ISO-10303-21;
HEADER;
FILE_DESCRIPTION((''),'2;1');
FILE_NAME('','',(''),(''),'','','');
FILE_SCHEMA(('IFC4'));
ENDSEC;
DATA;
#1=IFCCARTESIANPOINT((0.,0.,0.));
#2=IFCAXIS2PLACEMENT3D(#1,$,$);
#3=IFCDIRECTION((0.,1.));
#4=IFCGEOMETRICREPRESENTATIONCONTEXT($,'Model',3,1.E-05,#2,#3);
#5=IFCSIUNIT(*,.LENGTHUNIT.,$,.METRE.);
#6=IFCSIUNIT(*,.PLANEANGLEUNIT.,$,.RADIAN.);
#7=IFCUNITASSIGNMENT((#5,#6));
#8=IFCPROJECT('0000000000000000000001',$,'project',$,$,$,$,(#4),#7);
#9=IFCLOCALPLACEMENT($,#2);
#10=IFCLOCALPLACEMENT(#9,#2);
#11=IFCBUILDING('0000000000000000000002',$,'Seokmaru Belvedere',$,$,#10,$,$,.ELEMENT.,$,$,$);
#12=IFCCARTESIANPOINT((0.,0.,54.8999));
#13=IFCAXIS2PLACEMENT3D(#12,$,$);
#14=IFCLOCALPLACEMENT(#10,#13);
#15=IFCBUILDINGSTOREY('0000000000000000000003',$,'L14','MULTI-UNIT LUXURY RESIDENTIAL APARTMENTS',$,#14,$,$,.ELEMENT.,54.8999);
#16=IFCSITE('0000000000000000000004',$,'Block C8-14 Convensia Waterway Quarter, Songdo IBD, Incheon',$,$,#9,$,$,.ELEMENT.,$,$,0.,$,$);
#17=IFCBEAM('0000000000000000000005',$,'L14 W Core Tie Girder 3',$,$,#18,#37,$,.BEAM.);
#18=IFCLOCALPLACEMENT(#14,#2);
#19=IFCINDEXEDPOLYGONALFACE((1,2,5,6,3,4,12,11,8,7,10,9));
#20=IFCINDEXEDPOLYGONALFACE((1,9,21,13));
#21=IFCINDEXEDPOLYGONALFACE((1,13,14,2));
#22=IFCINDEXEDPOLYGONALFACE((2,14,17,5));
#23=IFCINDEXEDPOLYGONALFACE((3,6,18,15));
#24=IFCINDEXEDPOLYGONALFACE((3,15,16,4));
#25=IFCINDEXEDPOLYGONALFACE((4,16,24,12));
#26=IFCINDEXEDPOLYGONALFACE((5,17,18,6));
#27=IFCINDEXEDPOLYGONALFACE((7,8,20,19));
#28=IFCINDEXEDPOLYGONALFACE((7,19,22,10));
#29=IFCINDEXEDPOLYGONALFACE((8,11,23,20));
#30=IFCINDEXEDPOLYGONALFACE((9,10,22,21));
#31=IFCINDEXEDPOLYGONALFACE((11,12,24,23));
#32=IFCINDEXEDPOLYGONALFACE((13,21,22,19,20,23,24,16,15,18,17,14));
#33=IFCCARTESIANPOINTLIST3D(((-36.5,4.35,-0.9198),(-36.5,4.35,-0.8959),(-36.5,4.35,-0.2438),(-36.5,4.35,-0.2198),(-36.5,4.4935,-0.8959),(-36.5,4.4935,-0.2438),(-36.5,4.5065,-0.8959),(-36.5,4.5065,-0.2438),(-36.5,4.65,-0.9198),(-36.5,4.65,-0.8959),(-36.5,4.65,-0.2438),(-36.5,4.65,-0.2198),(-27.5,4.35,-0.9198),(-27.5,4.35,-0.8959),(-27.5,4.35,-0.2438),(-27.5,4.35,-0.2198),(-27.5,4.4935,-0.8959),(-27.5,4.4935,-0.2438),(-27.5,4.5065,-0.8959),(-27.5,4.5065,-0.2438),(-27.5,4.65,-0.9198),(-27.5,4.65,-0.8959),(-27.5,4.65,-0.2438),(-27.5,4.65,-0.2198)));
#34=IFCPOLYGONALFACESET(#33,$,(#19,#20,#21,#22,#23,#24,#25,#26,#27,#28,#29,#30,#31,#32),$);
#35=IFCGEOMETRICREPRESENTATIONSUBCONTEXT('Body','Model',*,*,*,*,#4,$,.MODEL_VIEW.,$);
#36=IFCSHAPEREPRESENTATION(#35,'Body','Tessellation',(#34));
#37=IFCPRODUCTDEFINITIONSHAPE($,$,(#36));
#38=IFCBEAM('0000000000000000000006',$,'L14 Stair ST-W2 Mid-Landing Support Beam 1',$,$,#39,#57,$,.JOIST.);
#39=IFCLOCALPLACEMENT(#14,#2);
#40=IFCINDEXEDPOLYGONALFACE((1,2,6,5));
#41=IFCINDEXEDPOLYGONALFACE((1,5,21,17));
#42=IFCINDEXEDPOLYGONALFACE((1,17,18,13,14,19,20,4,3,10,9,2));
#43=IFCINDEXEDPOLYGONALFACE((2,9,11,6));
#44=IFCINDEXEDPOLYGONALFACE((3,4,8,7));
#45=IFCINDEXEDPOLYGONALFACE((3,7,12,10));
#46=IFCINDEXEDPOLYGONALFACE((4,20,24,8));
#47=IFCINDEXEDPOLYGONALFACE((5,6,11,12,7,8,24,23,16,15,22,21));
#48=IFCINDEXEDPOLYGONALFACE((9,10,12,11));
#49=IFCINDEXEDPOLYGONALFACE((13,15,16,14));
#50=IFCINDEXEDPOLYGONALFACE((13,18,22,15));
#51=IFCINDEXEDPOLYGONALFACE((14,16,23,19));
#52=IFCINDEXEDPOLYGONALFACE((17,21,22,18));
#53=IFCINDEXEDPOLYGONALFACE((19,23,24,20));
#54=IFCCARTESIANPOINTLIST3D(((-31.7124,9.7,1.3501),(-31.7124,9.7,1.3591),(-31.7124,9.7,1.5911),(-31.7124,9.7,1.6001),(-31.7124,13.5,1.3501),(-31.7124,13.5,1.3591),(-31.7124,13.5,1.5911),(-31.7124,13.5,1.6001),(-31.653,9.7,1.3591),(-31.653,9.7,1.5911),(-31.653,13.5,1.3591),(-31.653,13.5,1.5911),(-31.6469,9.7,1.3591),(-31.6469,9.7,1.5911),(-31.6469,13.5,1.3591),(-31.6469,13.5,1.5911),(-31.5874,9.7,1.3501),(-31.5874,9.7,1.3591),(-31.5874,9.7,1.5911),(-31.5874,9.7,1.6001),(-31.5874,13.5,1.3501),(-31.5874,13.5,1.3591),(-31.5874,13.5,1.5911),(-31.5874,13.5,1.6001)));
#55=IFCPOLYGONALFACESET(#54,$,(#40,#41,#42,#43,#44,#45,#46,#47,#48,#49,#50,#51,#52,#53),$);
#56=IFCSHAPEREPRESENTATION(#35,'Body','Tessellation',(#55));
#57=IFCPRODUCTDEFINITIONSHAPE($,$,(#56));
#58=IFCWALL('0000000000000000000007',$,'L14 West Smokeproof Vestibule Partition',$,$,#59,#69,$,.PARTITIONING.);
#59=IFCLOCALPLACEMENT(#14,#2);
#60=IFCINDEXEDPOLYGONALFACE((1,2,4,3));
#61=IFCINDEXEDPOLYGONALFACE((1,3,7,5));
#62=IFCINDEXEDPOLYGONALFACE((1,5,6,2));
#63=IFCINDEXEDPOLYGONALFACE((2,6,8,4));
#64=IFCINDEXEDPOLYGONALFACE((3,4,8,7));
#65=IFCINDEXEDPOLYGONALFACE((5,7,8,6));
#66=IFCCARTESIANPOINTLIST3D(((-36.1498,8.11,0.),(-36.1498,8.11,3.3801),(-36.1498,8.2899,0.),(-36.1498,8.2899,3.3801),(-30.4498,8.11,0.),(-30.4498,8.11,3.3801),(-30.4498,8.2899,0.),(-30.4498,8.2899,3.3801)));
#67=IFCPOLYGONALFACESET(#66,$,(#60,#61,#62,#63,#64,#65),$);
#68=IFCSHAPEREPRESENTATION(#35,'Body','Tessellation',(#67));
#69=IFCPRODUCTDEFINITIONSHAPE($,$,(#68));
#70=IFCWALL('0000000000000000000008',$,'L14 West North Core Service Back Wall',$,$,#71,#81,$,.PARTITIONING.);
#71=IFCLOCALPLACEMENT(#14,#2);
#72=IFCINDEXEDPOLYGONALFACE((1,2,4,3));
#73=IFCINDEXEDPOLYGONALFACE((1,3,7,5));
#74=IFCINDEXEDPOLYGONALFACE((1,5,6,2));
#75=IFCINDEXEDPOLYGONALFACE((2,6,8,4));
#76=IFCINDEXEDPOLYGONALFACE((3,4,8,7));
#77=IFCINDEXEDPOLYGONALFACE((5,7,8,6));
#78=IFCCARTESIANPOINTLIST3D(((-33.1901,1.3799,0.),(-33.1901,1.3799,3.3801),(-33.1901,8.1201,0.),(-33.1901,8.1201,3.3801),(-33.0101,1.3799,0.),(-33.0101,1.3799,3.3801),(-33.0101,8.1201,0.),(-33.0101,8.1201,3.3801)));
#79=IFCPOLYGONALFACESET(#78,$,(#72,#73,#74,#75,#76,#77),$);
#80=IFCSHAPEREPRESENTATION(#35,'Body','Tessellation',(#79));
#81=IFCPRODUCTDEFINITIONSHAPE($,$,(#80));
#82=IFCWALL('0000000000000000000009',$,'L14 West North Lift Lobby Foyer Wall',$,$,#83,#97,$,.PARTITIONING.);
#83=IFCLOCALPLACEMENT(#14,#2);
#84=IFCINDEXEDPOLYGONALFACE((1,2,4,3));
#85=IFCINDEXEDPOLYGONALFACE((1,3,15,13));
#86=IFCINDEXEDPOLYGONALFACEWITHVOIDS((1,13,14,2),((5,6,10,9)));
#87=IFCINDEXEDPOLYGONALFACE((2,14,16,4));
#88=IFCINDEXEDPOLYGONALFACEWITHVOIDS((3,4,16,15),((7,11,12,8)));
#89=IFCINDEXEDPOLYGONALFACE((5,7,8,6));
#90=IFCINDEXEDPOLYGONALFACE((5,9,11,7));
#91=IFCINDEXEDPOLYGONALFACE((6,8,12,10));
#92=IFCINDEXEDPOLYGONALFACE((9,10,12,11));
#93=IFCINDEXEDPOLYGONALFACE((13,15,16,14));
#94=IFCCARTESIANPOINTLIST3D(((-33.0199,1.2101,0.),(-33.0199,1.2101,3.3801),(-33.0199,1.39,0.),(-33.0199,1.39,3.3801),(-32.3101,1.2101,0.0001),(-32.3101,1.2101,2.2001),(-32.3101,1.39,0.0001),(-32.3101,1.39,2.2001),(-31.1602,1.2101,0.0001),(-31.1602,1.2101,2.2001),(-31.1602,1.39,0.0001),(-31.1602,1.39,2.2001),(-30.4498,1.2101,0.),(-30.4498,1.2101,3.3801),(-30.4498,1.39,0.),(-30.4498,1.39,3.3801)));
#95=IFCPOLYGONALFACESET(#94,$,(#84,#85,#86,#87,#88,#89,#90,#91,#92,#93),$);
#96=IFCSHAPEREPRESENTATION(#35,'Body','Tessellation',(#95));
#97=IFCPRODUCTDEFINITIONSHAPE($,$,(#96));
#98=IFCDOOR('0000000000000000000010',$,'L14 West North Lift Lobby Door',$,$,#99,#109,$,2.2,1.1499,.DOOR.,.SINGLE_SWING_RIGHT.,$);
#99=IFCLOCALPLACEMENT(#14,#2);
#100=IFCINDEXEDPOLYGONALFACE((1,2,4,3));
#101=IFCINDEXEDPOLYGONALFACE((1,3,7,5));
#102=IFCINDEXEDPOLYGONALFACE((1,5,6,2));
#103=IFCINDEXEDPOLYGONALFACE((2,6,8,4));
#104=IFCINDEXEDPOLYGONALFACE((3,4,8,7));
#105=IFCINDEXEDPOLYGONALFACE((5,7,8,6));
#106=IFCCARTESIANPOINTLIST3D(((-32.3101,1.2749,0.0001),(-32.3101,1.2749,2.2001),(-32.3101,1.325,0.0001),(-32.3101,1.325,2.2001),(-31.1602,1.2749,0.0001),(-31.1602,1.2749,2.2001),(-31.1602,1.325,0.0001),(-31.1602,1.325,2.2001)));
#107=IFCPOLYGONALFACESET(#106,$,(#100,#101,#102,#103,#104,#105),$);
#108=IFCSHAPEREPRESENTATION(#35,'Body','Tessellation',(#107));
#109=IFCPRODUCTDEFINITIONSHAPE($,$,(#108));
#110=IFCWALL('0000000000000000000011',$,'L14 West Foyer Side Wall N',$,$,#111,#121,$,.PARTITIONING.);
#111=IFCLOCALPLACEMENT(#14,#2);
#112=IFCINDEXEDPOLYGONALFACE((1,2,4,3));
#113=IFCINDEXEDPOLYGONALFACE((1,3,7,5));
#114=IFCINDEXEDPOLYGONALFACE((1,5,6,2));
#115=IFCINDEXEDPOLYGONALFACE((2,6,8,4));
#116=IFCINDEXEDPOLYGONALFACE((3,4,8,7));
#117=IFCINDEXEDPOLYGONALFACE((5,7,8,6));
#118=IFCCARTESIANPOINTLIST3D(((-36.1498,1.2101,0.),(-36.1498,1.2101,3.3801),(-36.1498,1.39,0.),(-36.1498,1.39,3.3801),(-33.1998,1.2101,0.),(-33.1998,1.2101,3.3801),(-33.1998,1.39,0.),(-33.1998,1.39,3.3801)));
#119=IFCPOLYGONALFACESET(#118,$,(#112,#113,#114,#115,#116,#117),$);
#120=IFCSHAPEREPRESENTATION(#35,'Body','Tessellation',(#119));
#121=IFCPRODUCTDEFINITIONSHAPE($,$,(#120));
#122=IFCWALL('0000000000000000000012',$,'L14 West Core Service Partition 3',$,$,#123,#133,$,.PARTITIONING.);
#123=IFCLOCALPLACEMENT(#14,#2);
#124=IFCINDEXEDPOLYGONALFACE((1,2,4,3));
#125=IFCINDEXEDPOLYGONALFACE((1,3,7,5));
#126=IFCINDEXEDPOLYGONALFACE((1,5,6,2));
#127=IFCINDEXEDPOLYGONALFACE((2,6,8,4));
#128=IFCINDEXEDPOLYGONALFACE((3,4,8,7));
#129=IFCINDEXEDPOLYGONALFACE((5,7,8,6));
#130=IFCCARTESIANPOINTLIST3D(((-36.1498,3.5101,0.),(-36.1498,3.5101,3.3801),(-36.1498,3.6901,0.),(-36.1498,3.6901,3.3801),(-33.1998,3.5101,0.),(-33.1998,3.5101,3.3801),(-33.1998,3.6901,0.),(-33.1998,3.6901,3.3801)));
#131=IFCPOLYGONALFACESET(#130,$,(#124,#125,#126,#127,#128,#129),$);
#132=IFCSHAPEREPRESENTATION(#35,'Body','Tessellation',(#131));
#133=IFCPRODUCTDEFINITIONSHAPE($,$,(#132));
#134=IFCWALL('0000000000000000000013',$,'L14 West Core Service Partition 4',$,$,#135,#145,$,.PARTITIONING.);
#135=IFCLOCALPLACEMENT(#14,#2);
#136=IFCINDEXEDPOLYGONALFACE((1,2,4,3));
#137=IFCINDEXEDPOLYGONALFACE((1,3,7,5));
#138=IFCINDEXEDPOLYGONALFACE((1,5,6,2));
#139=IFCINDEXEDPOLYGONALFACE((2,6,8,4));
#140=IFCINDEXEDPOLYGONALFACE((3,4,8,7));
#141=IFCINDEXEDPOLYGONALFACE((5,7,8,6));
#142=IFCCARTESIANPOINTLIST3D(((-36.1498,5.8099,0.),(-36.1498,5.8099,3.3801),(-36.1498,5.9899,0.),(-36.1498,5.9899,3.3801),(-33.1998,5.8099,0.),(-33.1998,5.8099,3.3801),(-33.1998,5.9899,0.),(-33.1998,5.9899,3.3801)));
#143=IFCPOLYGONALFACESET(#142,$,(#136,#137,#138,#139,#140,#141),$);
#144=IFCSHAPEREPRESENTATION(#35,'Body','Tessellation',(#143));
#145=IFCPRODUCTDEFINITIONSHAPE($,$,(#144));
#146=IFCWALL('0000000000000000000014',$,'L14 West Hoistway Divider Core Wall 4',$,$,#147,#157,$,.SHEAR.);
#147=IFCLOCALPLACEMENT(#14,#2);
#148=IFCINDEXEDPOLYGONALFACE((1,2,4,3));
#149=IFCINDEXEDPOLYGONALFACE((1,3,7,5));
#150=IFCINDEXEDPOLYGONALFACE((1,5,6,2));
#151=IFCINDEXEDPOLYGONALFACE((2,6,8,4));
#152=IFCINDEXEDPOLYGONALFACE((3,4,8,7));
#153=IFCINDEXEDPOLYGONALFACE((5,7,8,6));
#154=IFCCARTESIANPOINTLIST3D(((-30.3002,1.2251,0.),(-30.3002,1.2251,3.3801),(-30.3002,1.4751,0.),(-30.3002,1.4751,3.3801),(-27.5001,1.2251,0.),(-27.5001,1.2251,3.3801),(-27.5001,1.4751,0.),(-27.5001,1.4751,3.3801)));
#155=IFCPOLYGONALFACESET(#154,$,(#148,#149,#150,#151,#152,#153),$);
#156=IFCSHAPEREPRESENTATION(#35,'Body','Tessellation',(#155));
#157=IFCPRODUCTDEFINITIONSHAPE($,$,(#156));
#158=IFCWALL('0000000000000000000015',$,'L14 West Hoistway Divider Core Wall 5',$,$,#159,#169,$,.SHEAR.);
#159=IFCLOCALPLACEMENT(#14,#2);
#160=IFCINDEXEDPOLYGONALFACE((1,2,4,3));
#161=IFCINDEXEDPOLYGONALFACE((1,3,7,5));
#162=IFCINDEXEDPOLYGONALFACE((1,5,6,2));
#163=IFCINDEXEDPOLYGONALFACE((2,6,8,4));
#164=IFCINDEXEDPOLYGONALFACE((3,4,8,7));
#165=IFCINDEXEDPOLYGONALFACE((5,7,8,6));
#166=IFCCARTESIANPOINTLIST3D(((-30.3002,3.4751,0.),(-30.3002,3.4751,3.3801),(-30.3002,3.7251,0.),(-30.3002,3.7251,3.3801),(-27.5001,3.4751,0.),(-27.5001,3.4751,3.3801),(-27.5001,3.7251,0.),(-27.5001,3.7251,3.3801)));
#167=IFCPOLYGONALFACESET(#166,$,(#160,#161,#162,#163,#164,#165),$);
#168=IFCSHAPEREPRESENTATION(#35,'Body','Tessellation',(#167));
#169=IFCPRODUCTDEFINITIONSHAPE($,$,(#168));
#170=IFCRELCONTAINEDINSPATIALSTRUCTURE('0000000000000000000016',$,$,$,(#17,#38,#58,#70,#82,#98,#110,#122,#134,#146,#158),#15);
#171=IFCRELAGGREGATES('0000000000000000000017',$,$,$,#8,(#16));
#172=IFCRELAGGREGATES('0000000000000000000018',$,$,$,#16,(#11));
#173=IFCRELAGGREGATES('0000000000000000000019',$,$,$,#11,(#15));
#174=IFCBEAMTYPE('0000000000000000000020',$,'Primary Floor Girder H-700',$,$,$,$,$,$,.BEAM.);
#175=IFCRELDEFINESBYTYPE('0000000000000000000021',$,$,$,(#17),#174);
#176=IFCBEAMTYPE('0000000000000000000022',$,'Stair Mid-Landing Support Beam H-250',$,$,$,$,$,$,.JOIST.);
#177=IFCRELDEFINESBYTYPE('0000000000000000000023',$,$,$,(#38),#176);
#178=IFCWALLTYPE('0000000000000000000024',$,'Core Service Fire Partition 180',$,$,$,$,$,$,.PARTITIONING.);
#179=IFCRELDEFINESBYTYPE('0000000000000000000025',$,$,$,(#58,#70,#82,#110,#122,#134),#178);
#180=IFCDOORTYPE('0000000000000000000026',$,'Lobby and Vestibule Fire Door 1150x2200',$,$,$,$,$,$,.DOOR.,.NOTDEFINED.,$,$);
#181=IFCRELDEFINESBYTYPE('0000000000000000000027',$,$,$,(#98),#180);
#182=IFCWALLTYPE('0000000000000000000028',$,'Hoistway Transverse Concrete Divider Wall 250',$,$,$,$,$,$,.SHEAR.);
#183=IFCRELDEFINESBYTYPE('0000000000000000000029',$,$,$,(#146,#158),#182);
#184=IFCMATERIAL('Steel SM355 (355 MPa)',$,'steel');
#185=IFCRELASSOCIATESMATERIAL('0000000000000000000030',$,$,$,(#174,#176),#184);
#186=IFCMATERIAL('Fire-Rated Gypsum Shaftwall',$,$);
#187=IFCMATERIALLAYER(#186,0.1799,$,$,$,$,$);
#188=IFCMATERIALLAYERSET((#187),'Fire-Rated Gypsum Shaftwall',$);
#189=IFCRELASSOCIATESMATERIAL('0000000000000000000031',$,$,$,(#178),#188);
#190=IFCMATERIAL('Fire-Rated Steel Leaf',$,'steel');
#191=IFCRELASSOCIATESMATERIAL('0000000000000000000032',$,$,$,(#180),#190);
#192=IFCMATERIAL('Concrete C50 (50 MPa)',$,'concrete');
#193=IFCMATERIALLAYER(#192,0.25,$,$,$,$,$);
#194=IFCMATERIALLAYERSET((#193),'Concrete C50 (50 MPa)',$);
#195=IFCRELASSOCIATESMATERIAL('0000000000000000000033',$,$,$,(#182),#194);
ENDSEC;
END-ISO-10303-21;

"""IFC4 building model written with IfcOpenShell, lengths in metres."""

from ifc_helpers import new_model, si_unit, direction, frame, frame_2d, origin, origin_2d, place, context, subcontext, project, spatial, rectangle, i_section, extrude, source, transform, mapped, material, layer, layer_set, material_profile, profile_set, type_object, type_shapes, element, fill, save


model = new_model("IFC4")

# Units and contexts
model_context = context("Model", 3, precision=1e-05, world=origin(), true_north=direction((0.0, 1.0)))
body_context = subcontext(model_context, "Body", "Model", "MODEL_VIEW")
ifc_project = project(units=[si_unit("LENGTHUNIT", "METRE"), si_unit("PLANEANGLEUNIT", "RADIAN")], contexts=[model_context])

# Site, building, storey
site_placement = place(None, origin())
site = spatial("IfcSite", under=ifc_project, at=site_placement, Name="Block C8-14 Convensia Waterway Quarter, Songdo IBD, Incheon", CompositionType="ELEMENT", RefElevation=0.0)
building_placement = place(site_placement, origin())
building = spatial("IfcBuilding", under=site, at=building_placement, Name="Seokmaru Belvedere", CompositionType="ELEMENT")
storey_placement = place(building_placement, frame((0.0, 0.0, 54.8999)))
storey = spatial("IfcBuildingStorey", under=building, at=storey_placement, Name="L14", Description="MULTI-UNIT LUXURY RESIDENTIAL APARTMENTS", CompositionType="ELEMENT", Elevation=54.8999)

# Beams
ifc_material_1 = material(Name="Steel SM355 (355 MPa)", Category="steel")
ifc_material_profile_1 = material_profile(ifc_material_1, i_section(OverallWidth=0.3, OverallDepth=0.7, WebThickness=0.0129, FlangeThickness=0.0239, at=origin_2d()), Name="H-700x300x13x24")
ifc_profile_set_1 = profile_set([ifc_material_profile_1], Name="Steel SM355 (355 MPa)")
beam_type_1 = type_object("IfcBeamType", Name="Primary Floor Girder H-700", PredefinedType="BEAM", material=ifc_profile_set_1)
shared_shape_1 = source(origin(), body_context, "Body", "SweptSolid", [
    extrude(i_section(OverallWidth=0.3, OverallDepth=0.7, WebThickness=0.0129, FlangeThickness=0.0239, at=origin_2d()), origin(), (0.0, 0.0, 1.0), 9.0),
])
type_shapes(beam_type_1, [shared_shape_1])
beam_1_placement = place(storey_placement, frame((-36.5, 4.5, -0.5698), z_axis=(1.0, 0.0, 0.0), x_axis=(0.0, 1.0, 0.0)))
element("IfcBeam", 1, at=beam_1_placement, inside=storey, type_object=beam_type_1, Name="L14 W Core Tie Girder 3", PredefinedType="BEAM", context=body_context, shape_type="MappedRepresentation", body=[
    mapped(shared_shape_1, transform((0.0, 0.0, 0.0), scale=1.0)),
])
ifc_material_profile_2 = material_profile(ifc_material_1, i_section(OverallWidth=0.125, OverallDepth=0.25, WebThickness=0.0061, FlangeThickness=0.009, at=origin_2d()), Name="H-250x125x6x9")
ifc_profile_set_2 = profile_set([ifc_material_profile_2], Name="Steel SM355 (355 MPa)")
beam_type_2 = type_object("IfcBeamType", Name="Stair Mid-Landing Support Beam H-250", PredefinedType="JOIST", material=ifc_profile_set_2)
shared_shape_2 = source(origin(), body_context, "Body", "SweptSolid", [
    extrude(i_section(OverallWidth=0.125, OverallDepth=0.25, WebThickness=0.0061, FlangeThickness=0.009, at=origin_2d()), origin(), (0.0, 0.0, 1.0), 3.8),
])
type_shapes(beam_type_2, [shared_shape_2])
beam_2_placement = place(storey_placement, frame((-31.6499, 9.7, 1.4751), z_axis=(0.0, 1.0, 0.0), x_axis=(-1.0, 0.0, 0.0)))
element("IfcBeam", 2, at=beam_2_placement, inside=storey, type_object=beam_type_2, Name="L14 Stair ST-W2 Mid-Landing Support Beam 1", PredefinedType="JOIST", context=body_context, shape_type="MappedRepresentation", body=[
    mapped(shared_shape_2, transform((0.0, 0.0, 0.0), scale=1.0)),
])

# Walls
ifc_material_2 = material(Name="Fire-Rated Gypsum Shaftwall")
ifc_layer_1 = layer(ifc_material_2, 0.1799)
ifc_layer_set_1 = layer_set([ifc_layer_1], Name="Fire-Rated Gypsum Shaftwall")
wall_type_1 = type_object("IfcWallType", Name="Core Service Fire Partition 180", PredefinedType="PARTITIONING", material=ifc_layer_set_1)
wall_1_placement = place(storey_placement, frame((-36.1499, 8.2, 0.0), z_axis=(0.0, 0.0, 1.0), x_axis=(1.0, 0.0, 0.0)))
element("IfcWall", 3, at=wall_1_placement, inside=storey, type_object=wall_type_1, Name="L14 West Smokeproof Vestibule Partition", PredefinedType="PARTITIONING", context=body_context, shape_type="SweptSolid", body=[
    extrude(rectangle(XDim=5.7, YDim=0.1799, at=frame_2d((2.8501, 0.0))), origin(), (0.0, 0.0, 1.0), 3.3801),
])
wall_2_placement = place(storey_placement, frame((-33.1001, 1.3799, 0.0), z_axis=(0.0, 0.0, 1.0), x_axis=(0.0, 1.0, 0.0)))
element("IfcWall", 4, at=wall_2_placement, inside=storey, type_object=wall_type_1, Name="L14 West North Core Service Back Wall", PredefinedType="PARTITIONING", context=body_context, shape_type="SweptSolid", body=[
    extrude(rectangle(XDim=6.7402, YDim=0.1799, at=frame_2d((3.3701, 0.0))), origin(), (0.0, 0.0, 1.0), 3.3801),
])

# Wall, opening, door
wall_3_placement = place(storey_placement, frame((-33.02, 1.3, 0.0), z_axis=(0.0, 0.0, 1.0), x_axis=(1.0, 0.0, 0.0)))
wall_3 = element("IfcWall", 5, at=wall_3_placement, inside=storey, type_object=wall_type_1, Name="L14 West North Lift Lobby Foyer Wall", PredefinedType="PARTITIONING", context=body_context, shape_type="SweptSolid", body=[
    extrude(rectangle(XDim=2.5701, YDim=0.1799, at=frame_2d((1.2852, 0.0))), origin(), (0.0, 0.0, 1.0), 3.3801),
])
opening_1_placement = place(wall_3_placement, frame((0.71, 0.0, 0.0)))
opening_1 = element("IfcOpeningElement", 6, at=opening_1_placement, cuts=wall_3, PredefinedType="OPENING", context=body_context, shape_type="SweptSolid", body=[
    extrude(rectangle(XDim=1.1499, YDim=2.2, at=frame_2d((0.575, 1.1001))), frame((0.0, 0.1001, 0.0), z_axis=(0.0, -1.0, 0.0), x_axis=(1.0, 0.0, 0.0)), (0.0, 0.0, 1.0), 0.2),
])
ifc_material_3 = material(Name="Fire-Rated Steel Leaf", Category="steel")
door_type_1 = type_object("IfcDoorType", Name="Lobby and Vestibule Fire Door 1150x2200", OperationType="NOTDEFINED", PredefinedType="DOOR", material=ifc_material_3)
shared_shape_3 = source(origin(), body_context, "Body", "SweptSolid", [
    extrude(rectangle(XDim=1.1499, YDim=2.2, at=frame_2d((0.575, 1.1001))), frame((0.0, 0.0249, 0.0), z_axis=(0.0, -1.0, 0.0), x_axis=(1.0, 0.0, 0.0)), (0.0, 0.0, 1.0), 0.05),
])
type_shapes(door_type_1, [shared_shape_3])
door_1_placement = place(opening_1_placement, origin())
door_1 = element("IfcDoor", 7, at=door_1_placement, inside=storey, type_object=door_type_1, Name="L14 West North Lift Lobby Door", OperationType="SINGLE_SWING_RIGHT", OverallHeight=2.2, OverallWidth=1.1499, PredefinedType="DOOR", context=body_context, shape_type="MappedRepresentation", body=[
    mapped(shared_shape_3, transform((0.0, 0.0, 0.0), scale=1.0)),
])
fill(opening_1, door_1)

# Walls
for number, where, z_axis, x_axis, name in (
    (8, (-36.1499, 1.3, 0.0), (0.0, 0.0, 1.0), (1.0, 0.0, 0.0), "L14 West Foyer Side Wall N"),
    (9, (-36.1499, 3.6001, 0.0), (0.0, 0.0, 1.0), (1.0, 0.0, 0.0), "L14 West Core Service Partition 3"),
    (10, (-36.1499, 5.8999, 0.0), (0.0, 0.0, 1.0), (1.0, 0.0, 0.0), "L14 West Core Service Partition 4"),
):
    element("IfcWall", number, at=place(storey_placement, frame(where, z_axis=z_axis, x_axis=x_axis)), inside=storey, type_object=wall_type_1, Name=name, PredefinedType="PARTITIONING", context=body_context, shape_type="SweptSolid", body=[
        extrude(rectangle(XDim=2.95, YDim=0.1799, at=frame_2d((1.4751, 0.0))), origin(), (0.0, 0.0, 1.0), 3.3801),
    ])
ifc_material_4 = material(Name="Concrete C50 (50 MPa)", Category="concrete")
ifc_layer_2 = layer(ifc_material_4, 0.25)
ifc_layer_set_2 = layer_set([ifc_layer_2], Name="Concrete C50 (50 MPa)")
wall_type_2 = type_object("IfcWallType", Name="Hoistway Transverse Concrete Divider Wall 250", PredefinedType="SHEAR", material=ifc_layer_set_2)
for number, where, z_axis, x_axis, name in (
    (11, (-30.3, 1.3501, 0.0), (0.0, 0.0, 1.0), (1.0, 0.0, 0.0), "L14 West Hoistway Divider Core Wall 4"),
    (12, (-30.3, 3.6001, 0.0), (0.0, 0.0, 1.0), (1.0, 0.0, 0.0), "L14 West Hoistway Divider Core Wall 5"),
):
    element("IfcWall", number, at=place(storey_placement, frame(where, z_axis=z_axis, x_axis=x_axis)), inside=storey, type_object=wall_type_2, Name=name, PredefinedType="SHEAR", context=body_context, shape_type="SweptSolid", body=[
        extrude(rectangle(XDim=2.8, YDim=0.25, at=frame_2d((1.3999, 0.0))), origin(), (0.0, 0.0, 1.0), 3.3801),
    ])

save(model, "model.ifc")
